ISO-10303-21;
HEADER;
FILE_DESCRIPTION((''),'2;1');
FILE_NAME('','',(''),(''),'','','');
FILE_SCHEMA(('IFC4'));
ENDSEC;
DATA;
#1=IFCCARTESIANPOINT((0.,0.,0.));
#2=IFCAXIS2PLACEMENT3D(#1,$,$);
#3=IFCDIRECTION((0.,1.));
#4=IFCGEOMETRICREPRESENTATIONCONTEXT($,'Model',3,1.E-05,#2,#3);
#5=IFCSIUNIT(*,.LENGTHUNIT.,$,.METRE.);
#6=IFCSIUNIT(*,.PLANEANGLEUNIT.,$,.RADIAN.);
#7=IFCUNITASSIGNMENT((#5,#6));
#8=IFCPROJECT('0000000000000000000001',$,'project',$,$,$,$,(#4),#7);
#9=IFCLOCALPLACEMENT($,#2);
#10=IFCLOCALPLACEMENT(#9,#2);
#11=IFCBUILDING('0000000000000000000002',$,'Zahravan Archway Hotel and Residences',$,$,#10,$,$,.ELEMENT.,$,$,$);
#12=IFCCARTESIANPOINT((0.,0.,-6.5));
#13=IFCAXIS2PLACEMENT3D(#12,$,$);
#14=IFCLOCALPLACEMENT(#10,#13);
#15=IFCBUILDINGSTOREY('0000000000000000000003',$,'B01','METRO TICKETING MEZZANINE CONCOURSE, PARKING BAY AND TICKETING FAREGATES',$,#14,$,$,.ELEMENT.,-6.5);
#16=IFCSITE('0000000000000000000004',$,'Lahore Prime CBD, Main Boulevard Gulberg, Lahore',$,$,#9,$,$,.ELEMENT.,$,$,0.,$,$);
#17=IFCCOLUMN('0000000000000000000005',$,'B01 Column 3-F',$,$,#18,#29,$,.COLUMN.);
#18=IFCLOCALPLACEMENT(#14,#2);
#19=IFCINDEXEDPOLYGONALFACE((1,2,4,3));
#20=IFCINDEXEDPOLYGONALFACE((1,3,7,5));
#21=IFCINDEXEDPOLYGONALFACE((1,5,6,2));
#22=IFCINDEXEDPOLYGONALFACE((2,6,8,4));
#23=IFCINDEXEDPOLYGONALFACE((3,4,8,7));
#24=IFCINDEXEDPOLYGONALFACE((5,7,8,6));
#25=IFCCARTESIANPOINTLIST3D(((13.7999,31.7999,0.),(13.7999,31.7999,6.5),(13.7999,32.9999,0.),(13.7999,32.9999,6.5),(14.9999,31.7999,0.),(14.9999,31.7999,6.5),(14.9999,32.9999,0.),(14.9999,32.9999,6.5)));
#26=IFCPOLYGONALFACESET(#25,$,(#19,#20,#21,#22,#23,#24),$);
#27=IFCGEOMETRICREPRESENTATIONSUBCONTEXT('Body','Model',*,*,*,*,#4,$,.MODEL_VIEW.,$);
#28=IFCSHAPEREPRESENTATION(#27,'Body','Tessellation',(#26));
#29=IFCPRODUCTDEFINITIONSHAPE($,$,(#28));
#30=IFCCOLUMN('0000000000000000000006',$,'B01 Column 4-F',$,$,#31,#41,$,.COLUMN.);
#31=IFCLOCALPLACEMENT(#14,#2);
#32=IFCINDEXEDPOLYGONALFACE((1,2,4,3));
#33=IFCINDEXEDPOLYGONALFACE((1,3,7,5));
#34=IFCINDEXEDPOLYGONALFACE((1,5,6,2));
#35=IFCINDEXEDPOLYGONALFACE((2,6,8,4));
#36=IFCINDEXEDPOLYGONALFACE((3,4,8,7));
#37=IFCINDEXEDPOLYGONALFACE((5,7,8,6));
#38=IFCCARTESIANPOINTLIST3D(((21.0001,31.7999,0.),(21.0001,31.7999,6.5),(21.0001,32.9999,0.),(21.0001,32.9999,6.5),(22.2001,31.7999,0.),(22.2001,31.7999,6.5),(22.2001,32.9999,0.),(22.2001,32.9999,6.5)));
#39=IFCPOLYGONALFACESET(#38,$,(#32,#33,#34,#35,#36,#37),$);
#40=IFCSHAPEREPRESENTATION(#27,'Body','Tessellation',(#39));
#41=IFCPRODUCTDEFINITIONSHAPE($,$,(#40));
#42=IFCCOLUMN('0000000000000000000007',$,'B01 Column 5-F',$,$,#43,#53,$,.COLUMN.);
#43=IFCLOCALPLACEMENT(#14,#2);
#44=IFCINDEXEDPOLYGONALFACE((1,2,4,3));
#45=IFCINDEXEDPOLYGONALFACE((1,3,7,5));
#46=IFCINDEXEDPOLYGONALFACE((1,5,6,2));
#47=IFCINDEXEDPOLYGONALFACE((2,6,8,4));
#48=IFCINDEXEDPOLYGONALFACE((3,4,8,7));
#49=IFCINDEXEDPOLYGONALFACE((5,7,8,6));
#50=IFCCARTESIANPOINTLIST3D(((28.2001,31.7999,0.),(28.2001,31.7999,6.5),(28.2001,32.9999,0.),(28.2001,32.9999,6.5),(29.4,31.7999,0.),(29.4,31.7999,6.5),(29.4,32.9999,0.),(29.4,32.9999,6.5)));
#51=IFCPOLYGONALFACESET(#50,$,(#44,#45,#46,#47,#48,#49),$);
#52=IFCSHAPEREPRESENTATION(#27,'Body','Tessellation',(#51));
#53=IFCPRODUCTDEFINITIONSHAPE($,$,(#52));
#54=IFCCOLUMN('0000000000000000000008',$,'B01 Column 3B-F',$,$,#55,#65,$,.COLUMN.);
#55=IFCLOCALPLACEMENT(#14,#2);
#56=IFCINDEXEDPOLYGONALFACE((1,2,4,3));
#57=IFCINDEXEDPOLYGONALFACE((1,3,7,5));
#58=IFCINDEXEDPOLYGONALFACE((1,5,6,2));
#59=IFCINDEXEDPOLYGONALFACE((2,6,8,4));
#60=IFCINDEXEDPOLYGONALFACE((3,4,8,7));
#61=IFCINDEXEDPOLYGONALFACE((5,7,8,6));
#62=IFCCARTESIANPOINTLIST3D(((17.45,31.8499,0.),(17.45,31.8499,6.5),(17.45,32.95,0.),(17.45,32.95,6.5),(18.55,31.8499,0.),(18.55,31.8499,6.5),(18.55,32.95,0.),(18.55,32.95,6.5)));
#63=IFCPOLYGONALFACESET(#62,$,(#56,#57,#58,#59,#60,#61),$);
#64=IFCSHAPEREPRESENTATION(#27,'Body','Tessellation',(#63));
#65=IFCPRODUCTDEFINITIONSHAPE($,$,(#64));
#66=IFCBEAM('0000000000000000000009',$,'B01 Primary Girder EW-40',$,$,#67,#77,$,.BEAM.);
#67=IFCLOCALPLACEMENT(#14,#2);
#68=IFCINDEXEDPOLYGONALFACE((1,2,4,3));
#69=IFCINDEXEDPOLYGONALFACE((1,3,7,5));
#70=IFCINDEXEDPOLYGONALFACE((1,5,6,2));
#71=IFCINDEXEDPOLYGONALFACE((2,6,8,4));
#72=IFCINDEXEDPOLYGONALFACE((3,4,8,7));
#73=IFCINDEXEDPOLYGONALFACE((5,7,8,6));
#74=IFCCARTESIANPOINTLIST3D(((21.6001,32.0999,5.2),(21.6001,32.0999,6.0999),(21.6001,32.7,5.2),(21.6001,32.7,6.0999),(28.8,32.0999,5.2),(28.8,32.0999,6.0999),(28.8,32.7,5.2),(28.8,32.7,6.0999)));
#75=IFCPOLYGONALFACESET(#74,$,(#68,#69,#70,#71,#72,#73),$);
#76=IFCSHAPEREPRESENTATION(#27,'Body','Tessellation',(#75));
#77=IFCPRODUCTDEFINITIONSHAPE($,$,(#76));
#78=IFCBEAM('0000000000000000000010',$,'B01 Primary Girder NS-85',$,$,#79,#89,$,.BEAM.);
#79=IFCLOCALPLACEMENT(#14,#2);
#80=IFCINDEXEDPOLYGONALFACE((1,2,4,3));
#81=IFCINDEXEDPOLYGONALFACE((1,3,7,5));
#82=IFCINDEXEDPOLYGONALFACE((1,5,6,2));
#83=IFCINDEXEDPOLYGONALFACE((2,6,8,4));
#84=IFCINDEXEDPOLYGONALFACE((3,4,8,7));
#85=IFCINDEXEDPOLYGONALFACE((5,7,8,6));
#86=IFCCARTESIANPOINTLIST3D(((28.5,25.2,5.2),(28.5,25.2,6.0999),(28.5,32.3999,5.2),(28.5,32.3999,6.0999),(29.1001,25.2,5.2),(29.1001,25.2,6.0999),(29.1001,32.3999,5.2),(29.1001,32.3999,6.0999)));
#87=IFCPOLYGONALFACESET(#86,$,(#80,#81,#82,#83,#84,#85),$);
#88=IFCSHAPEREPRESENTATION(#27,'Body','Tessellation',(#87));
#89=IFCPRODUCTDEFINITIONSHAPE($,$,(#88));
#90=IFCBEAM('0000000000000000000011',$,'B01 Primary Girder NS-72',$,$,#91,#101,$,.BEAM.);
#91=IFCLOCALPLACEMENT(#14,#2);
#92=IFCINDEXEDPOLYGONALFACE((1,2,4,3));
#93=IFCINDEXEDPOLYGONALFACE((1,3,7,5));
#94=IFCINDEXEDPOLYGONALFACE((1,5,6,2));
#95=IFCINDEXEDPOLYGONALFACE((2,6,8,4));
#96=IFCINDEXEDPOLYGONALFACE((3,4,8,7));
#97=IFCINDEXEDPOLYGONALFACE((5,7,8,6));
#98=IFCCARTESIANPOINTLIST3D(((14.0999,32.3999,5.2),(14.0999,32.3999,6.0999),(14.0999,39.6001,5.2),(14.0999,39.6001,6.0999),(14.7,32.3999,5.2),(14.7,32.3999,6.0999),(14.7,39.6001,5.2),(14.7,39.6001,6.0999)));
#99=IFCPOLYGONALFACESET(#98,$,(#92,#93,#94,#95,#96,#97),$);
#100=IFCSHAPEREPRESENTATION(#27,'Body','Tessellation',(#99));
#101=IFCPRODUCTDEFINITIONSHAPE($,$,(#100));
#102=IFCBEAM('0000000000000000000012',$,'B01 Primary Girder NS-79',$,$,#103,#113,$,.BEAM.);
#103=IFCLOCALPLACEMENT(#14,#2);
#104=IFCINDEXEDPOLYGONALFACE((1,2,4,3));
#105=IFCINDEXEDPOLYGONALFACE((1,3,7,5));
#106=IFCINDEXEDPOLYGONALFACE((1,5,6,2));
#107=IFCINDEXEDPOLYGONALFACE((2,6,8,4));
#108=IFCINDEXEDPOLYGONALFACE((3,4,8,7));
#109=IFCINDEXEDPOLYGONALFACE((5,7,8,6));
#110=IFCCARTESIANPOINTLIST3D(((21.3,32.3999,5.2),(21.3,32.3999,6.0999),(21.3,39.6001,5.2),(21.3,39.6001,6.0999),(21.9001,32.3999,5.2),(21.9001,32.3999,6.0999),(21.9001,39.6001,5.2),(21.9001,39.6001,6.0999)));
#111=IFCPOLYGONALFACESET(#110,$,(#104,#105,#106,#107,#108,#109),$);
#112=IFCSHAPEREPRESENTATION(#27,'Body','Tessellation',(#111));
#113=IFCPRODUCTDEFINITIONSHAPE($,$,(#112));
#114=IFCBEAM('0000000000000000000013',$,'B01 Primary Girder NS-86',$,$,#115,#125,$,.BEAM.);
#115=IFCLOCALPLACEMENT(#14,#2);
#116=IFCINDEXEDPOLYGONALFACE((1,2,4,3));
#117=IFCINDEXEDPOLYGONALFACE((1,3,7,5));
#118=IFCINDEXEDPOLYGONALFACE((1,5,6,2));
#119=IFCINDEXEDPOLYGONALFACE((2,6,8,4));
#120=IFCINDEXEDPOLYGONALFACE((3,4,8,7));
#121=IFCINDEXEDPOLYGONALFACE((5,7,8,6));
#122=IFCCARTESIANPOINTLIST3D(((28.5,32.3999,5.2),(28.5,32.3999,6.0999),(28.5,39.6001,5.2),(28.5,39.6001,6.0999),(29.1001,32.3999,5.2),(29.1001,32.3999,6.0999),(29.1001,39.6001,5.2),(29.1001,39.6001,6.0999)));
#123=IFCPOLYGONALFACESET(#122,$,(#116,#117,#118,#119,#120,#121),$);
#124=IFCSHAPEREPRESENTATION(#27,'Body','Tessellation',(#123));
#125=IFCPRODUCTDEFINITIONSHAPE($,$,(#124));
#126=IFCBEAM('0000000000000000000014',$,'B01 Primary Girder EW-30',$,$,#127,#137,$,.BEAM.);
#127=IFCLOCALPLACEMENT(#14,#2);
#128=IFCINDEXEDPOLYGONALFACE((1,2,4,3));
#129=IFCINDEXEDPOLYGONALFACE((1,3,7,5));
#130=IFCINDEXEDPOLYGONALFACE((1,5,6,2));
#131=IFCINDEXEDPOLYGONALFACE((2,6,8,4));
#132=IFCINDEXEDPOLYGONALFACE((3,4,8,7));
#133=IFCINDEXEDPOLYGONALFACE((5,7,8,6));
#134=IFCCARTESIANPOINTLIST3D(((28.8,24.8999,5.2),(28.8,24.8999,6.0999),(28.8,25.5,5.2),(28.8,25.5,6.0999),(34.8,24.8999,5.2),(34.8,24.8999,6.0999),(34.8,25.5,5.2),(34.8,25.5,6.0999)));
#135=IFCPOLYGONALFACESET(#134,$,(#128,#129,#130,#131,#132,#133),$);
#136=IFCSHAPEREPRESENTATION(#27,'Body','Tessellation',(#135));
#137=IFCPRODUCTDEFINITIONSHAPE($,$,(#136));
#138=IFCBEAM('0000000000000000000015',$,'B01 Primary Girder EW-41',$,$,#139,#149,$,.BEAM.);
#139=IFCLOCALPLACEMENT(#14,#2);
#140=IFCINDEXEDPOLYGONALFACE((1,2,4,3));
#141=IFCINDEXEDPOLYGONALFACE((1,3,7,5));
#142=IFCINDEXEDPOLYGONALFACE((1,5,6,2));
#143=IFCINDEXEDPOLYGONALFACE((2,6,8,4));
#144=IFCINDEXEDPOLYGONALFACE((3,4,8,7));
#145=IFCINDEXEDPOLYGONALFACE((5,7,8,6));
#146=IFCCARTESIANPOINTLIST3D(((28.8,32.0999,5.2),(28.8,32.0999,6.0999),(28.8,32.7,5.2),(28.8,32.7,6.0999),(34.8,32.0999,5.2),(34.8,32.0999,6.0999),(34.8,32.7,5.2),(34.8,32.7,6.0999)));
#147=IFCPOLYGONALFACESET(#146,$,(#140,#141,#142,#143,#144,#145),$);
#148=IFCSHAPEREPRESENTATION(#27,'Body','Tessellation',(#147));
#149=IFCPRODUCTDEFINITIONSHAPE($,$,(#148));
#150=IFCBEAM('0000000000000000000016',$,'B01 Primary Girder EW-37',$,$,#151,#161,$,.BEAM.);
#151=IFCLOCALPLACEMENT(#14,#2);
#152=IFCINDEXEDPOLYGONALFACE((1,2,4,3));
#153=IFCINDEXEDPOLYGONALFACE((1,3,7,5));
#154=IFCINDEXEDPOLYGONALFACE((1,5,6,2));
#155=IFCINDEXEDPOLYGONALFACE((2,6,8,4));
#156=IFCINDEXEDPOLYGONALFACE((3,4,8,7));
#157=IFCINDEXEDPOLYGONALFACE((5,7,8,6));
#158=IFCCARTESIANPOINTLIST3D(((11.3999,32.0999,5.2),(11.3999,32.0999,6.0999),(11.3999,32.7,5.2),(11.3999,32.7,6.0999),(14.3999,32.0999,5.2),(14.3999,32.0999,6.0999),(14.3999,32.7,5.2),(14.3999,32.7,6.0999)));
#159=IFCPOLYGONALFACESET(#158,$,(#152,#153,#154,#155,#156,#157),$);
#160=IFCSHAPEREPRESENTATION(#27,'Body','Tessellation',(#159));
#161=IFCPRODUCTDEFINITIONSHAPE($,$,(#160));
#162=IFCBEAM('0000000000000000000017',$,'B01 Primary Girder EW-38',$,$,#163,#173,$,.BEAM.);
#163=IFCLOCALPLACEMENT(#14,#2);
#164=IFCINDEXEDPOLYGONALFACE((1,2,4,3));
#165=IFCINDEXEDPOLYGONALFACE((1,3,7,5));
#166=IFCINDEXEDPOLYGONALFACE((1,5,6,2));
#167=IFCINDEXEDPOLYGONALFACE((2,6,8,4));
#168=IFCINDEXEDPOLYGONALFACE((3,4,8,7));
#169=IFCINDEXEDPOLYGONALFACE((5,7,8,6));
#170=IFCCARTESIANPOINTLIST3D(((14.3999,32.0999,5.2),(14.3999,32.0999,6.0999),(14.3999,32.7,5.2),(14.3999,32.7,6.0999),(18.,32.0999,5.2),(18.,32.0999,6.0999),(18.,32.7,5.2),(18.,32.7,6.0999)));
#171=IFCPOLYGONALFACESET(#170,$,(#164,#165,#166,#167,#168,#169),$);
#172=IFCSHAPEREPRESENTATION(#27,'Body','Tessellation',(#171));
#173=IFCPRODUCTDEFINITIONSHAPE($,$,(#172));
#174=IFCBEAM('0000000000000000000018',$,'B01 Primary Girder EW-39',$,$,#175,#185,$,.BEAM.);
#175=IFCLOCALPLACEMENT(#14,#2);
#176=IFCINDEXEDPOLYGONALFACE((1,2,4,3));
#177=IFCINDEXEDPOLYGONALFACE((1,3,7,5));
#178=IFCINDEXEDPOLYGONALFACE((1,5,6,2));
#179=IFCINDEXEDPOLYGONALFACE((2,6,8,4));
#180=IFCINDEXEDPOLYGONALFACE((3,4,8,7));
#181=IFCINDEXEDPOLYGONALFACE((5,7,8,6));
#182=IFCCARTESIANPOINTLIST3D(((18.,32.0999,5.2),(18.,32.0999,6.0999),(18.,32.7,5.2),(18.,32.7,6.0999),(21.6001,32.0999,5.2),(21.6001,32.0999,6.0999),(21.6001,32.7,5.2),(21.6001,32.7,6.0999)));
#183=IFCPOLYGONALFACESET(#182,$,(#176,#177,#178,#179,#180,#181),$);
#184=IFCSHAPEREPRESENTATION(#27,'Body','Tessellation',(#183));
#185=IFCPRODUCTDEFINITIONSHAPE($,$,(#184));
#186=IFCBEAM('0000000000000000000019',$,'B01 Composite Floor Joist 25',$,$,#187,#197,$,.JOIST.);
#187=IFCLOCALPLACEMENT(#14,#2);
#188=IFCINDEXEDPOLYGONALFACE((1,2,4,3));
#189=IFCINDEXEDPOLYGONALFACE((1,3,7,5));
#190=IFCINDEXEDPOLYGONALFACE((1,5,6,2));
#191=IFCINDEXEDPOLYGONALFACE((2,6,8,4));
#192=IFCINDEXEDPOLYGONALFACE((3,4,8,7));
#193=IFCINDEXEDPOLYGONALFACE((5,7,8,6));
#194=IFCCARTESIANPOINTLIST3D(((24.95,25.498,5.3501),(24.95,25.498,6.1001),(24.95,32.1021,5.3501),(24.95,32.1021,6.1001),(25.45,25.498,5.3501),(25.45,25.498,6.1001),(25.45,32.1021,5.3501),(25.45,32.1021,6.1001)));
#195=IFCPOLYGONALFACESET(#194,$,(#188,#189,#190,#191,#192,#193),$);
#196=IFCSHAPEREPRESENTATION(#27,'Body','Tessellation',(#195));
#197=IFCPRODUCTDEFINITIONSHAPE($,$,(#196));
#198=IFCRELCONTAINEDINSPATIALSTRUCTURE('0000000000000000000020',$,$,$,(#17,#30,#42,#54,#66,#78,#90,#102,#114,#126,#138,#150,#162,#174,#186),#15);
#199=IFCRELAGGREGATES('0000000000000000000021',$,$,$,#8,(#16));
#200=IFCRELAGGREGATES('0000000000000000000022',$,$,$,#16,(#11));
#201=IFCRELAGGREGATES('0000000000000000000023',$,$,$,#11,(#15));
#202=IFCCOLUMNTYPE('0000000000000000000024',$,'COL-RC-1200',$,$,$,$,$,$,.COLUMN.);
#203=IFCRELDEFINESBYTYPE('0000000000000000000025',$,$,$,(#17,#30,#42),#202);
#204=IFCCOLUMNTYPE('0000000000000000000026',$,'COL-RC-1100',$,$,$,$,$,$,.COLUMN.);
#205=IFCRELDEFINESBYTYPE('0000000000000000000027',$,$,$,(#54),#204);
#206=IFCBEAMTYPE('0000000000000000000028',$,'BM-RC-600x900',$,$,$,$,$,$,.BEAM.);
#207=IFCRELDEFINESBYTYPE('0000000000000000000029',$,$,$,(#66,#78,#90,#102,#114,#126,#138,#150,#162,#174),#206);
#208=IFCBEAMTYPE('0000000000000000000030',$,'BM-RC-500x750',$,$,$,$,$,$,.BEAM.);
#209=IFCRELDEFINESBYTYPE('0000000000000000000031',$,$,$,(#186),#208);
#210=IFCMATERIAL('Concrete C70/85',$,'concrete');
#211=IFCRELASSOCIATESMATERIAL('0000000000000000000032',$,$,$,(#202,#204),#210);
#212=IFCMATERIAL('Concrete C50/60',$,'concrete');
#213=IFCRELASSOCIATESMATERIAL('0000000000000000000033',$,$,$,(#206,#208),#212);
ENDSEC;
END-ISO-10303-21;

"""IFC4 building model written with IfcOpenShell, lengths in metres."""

from ifc_helpers import new_model, si_unit, direction, frame, origin, origin_2d, place, context, subcontext, project, spatial, rectangle, extrude, source, transform, mapped, material, material_profile, profile_set, type_object, type_shapes, element, save


model = new_model("IFC4")

# Units and contexts
model_context = context("Model", 3, precision=1e-05, world=origin(), true_north=direction((0.0, 1.0)))
body_context = subcontext(model_context, "Body", "Model", "MODEL_VIEW")
ifc_project = project(units=[si_unit("LENGTHUNIT", "METRE"), si_unit("PLANEANGLEUNIT", "RADIAN")], contexts=[model_context])

# Site, building, storey
site_placement = place(None, origin())
site = spatial("IfcSite", under=ifc_project, at=site_placement, Name="Lahore Prime CBD, Main Boulevard Gulberg, Lahore", CompositionType="ELEMENT", RefElevation=0.0)
building_placement = place(site_placement, origin())
building = spatial("IfcBuilding", under=site, at=building_placement, Name="Zahravan Archway Hotel and Residences", CompositionType="ELEMENT")
storey_placement = place(building_placement, frame((0.0, 0.0, -6.5)))
storey = spatial("IfcBuildingStorey", under=building, at=storey_placement, Name="B01", Description="METRO TICKETING MEZZANINE CONCOURSE, PARKING BAY AND TICKETING FAREGATES", CompositionType="ELEMENT", Elevation=-6.5)

# Columns
ifc_material_1 = material(Name="Concrete C70/85", Category="concrete")
ifc_material_profile_1 = material_profile(ifc_material_1, rectangle(XDim=1.2, YDim=1.2, at=origin_2d()), Name="RC-COL-1200x1200", Category="concrete")
ifc_profile_set_1 = profile_set([ifc_material_profile_1], Name="Concrete C70/85")
column_type_1 = type_object("IfcColumnType", Name="COL-RC-1200", PredefinedType="COLUMN", material=ifc_profile_set_1)
shared_shape_1 = source(origin(), body_context, "Body", "SweptSolid", [
    extrude(rectangle(XDim=1.2, YDim=1.2, at=origin_2d()), origin(), (0.0, 0.0, 1.0), 6.5),
])
for number, where, z_axis, x_axis, name in (
    (1, (14.3999, 32.3999, 0.0), (0.0, 0.0, 1.0), (1.0, 0.0, 0.0), "B01 Column 3-F"),
    (2, (21.6001, 32.3999, 0.0), (0.0, 0.0, 1.0), (1.0, 0.0, 0.0), "B01 Column 4-F"),
    (3, (28.8, 32.3999, 0.0), (0.0, 0.0, 1.0), (1.0, 0.0, 0.0), "B01 Column 5-F"),
):
    element("IfcColumn", number, at=place(storey_placement, frame(where, z_axis=z_axis, x_axis=x_axis)), inside=storey, type_object=column_type_1, Name=name, PredefinedType="COLUMN", context=body_context, shape_type="MappedRepresentation", body=[
        mapped(shared_shape_1, transform((0.0, 0.0, 0.0), scale=1.0)),
    ])
ifc_material_profile_2 = material_profile(ifc_material_1, rectangle(XDim=1.1001, YDim=1.1001, at=origin_2d()), Name="RC 1100x1100", Category="concrete")
ifc_profile_set_2 = profile_set([ifc_material_profile_2], Name="Concrete C70/85")
column_type_2 = type_object("IfcColumnType", Name="COL-RC-1100", PredefinedType="COLUMN", material=ifc_profile_set_2)
shared_shape_2 = source(origin(), body_context, "Body", "SweptSolid", [
    extrude(rectangle(XDim=1.1001, YDim=1.1001, at=origin_2d()), origin(), (0.0, 0.0, 1.0), 6.5),
])
column_placement = place(storey_placement, frame((18.0, 32.3999, 0.0), z_axis=(0.0, 0.0, 1.0), x_axis=(1.0, 0.0, 0.0)))
element("IfcColumn", 4, at=column_placement, inside=storey, type_object=column_type_2, Name="B01 Column 3B-F", PredefinedType="COLUMN", context=body_context, shape_type="MappedRepresentation", body=[
    mapped(shared_shape_2, transform((0.0, 0.0, 0.0), scale=1.0)),
])

# Beams
ifc_material_2 = material(Name="Concrete C50/60", Category="concrete")
ifc_material_profile_3 = material_profile(ifc_material_2, rectangle(XDim=0.6001, YDim=0.8999, at=origin_2d()), Name="RC-BM-600x900", Category="concrete")
ifc_profile_set_3 = profile_set([ifc_material_profile_3], Name="Concrete C50/60")
beam_type_1 = type_object("IfcBeamType", Name="BM-RC-600x900", PredefinedType="BEAM", material=ifc_profile_set_3)
shared_shape_3 = source(origin(), body_context, "Body", "SweptSolid", [
    extrude(rectangle(XDim=0.6001, YDim=0.8999, at=origin_2d()), origin(), (0.0, 0.0, 1.0), 7.2),
])
for number, where, z_axis, x_axis, name in (
    (5, (21.6001, 32.3999, 5.6499), (1.0, 0.0, 0.0), (0.0, 1.0, 0.0), "B01 Primary Girder EW-40"),
    (6, (28.8, 25.2, 5.6499), (0.0, 1.0, 0.0), (-1.0, 0.0, 0.0), "B01 Primary Girder NS-85"),
):
    element("IfcBeam", number, at=place(storey_placement, frame(where, z_axis=z_axis, x_axis=x_axis)), inside=storey, type_object=beam_type_1, Name=name, PredefinedType="BEAM", context=body_context, shape_type="MappedRepresentation", body=[
        mapped(shared_shape_3, transform((0.0, 0.0, 0.0), scale=1.0)),
    ])
shared_shape_4 = source(origin(), body_context, "Body", "SweptSolid", [
    extrude(rectangle(XDim=0.6001, YDim=0.8999, at=origin_2d()), origin(), (0.0, 0.0, 1.0), 7.2002),
])
for number, where, z_axis, x_axis, name in (
    (7, (14.3999, 32.3999, 5.6499), (0.0, 1.0, 0.0), (-1.0, 0.0, 0.0), "B01 Primary Girder NS-72"),
    (8, (21.6001, 32.3999, 5.6499), (0.0, 1.0, 0.0), (-1.0, 0.0, 0.0), "B01 Primary Girder NS-79"),
    (9, (28.8, 32.3999, 5.6499), (0.0, 1.0, 0.0), (-1.0, 0.0, 0.0), "B01 Primary Girder NS-86"),
):
    element("IfcBeam", number, at=place(storey_placement, frame(where, z_axis=z_axis, x_axis=x_axis)), inside=storey, type_object=beam_type_1, Name=name, PredefinedType="BEAM", context=body_context, shape_type="MappedRepresentation", body=[
        mapped(shared_shape_4, transform((0.0, 0.0, 0.0), scale=1.0)),
    ])
shared_shape_5 = source(origin(), body_context, "Body", "SweptSolid", [
    extrude(rectangle(XDim=0.6001, YDim=0.8999, at=origin_2d()), origin(), (0.0, 0.0, 1.0), 6.0),
])
for number, where, z_axis, x_axis, name in (
    (10, (28.8, 25.2, 5.6499), (1.0, 0.0, 0.0), (0.0, 1.0, 0.0), "B01 Primary Girder EW-30"),
    (11, (28.8, 32.3999, 5.6499), (1.0, 0.0, 0.0), (0.0, 1.0, 0.0), "B01 Primary Girder EW-41"),
):
    element("IfcBeam", number, at=place(storey_placement, frame(where, z_axis=z_axis, x_axis=x_axis)), inside=storey, type_object=beam_type_1, Name=name, PredefinedType="BEAM", context=body_context, shape_type="MappedRepresentation", body=[
        mapped(shared_shape_5, transform((0.0, 0.0, 0.0), scale=1.0)),
    ])
shared_shape_6 = source(origin(), body_context, "Body", "SweptSolid", [
    extrude(rectangle(XDim=0.6001, YDim=0.8999, at=origin_2d()), origin(), (0.0, 0.0, 1.0), 3.0),
])
beam_placement = place(storey_placement, frame((11.3999, 32.3999, 5.6499), z_axis=(1.0, 0.0, 0.0), x_axis=(0.0, 1.0, 0.0)))
element("IfcBeam", 12, at=beam_placement, inside=storey, type_object=beam_type_1, Name="B01 Primary Girder EW-37", PredefinedType="BEAM", context=body_context, shape_type="MappedRepresentation", body=[
    mapped(shared_shape_6, transform((0.0, 0.0, 0.0), scale=1.0)),
])
shared_shape_7 = source(origin(), body_context, "Body", "SweptSolid", [
    extrude(rectangle(XDim=0.6001, YDim=0.8999, at=origin_2d()), origin(), (0.0, 0.0, 1.0), 3.6001),
])
for number, where, z_axis, x_axis, name in (
    (13, (14.3999, 32.3999, 5.6499), (1.0, 0.0, 0.0), (0.0, 1.0, 0.0), "B01 Primary Girder EW-38"),
    (14, (18.0, 32.3999, 5.6499), (1.0, 0.0, 0.0), (0.0, 1.0, 0.0), "B01 Primary Girder EW-39"),
):
    element("IfcBeam", number, at=place(storey_placement, frame(where, z_axis=z_axis, x_axis=x_axis)), inside=storey, type_object=beam_type_1, Name=name, PredefinedType="BEAM", context=body_context, shape_type="MappedRepresentation", body=[
        mapped(shared_shape_7, transform((0.0, 0.0, 0.0), scale=1.0)),
    ])
ifc_material_profile_4 = material_profile(ifc_material_2, rectangle(XDim=0.5, YDim=0.75, at=origin_2d()), Name="RC-BM-500x750", Category="concrete")
ifc_profile_set_4 = profile_set([ifc_material_profile_4], Name="Concrete C50/60")
beam_type_2 = type_object("IfcBeamType", Name="BM-RC-500x750", PredefinedType="BEAM", material=ifc_profile_set_4)
shared_shape_8 = source(origin(), body_context, "Body", "SweptSolid", [
    extrude(rectangle(XDim=0.5, YDim=0.75, at=origin_2d()), origin(), (0.0, 0.0, 1.0), 6.604),
])
type_shapes(beam_type_2, [shared_shape_8])
for number, where, z_axis, x_axis, name in (
    (15, (25.2, 25.498, 5.7251), (0.0, 1.0, 0.0), (-1.0, 0.0, 0.0), "B01 Composite Floor Joist 25"),
):
    element("IfcBeam", number, at=place(storey_placement, frame(where, z_axis=z_axis, x_axis=x_axis)), inside=storey, type_object=beam_type_2, Name=name, PredefinedType="JOIST", context=body_context, shape_type="MappedRepresentation", body=[
        mapped(shared_shape_8, transform((0.0, 0.0, 0.0), scale=1.0)),
    ])

save(model, "model.ifc")
